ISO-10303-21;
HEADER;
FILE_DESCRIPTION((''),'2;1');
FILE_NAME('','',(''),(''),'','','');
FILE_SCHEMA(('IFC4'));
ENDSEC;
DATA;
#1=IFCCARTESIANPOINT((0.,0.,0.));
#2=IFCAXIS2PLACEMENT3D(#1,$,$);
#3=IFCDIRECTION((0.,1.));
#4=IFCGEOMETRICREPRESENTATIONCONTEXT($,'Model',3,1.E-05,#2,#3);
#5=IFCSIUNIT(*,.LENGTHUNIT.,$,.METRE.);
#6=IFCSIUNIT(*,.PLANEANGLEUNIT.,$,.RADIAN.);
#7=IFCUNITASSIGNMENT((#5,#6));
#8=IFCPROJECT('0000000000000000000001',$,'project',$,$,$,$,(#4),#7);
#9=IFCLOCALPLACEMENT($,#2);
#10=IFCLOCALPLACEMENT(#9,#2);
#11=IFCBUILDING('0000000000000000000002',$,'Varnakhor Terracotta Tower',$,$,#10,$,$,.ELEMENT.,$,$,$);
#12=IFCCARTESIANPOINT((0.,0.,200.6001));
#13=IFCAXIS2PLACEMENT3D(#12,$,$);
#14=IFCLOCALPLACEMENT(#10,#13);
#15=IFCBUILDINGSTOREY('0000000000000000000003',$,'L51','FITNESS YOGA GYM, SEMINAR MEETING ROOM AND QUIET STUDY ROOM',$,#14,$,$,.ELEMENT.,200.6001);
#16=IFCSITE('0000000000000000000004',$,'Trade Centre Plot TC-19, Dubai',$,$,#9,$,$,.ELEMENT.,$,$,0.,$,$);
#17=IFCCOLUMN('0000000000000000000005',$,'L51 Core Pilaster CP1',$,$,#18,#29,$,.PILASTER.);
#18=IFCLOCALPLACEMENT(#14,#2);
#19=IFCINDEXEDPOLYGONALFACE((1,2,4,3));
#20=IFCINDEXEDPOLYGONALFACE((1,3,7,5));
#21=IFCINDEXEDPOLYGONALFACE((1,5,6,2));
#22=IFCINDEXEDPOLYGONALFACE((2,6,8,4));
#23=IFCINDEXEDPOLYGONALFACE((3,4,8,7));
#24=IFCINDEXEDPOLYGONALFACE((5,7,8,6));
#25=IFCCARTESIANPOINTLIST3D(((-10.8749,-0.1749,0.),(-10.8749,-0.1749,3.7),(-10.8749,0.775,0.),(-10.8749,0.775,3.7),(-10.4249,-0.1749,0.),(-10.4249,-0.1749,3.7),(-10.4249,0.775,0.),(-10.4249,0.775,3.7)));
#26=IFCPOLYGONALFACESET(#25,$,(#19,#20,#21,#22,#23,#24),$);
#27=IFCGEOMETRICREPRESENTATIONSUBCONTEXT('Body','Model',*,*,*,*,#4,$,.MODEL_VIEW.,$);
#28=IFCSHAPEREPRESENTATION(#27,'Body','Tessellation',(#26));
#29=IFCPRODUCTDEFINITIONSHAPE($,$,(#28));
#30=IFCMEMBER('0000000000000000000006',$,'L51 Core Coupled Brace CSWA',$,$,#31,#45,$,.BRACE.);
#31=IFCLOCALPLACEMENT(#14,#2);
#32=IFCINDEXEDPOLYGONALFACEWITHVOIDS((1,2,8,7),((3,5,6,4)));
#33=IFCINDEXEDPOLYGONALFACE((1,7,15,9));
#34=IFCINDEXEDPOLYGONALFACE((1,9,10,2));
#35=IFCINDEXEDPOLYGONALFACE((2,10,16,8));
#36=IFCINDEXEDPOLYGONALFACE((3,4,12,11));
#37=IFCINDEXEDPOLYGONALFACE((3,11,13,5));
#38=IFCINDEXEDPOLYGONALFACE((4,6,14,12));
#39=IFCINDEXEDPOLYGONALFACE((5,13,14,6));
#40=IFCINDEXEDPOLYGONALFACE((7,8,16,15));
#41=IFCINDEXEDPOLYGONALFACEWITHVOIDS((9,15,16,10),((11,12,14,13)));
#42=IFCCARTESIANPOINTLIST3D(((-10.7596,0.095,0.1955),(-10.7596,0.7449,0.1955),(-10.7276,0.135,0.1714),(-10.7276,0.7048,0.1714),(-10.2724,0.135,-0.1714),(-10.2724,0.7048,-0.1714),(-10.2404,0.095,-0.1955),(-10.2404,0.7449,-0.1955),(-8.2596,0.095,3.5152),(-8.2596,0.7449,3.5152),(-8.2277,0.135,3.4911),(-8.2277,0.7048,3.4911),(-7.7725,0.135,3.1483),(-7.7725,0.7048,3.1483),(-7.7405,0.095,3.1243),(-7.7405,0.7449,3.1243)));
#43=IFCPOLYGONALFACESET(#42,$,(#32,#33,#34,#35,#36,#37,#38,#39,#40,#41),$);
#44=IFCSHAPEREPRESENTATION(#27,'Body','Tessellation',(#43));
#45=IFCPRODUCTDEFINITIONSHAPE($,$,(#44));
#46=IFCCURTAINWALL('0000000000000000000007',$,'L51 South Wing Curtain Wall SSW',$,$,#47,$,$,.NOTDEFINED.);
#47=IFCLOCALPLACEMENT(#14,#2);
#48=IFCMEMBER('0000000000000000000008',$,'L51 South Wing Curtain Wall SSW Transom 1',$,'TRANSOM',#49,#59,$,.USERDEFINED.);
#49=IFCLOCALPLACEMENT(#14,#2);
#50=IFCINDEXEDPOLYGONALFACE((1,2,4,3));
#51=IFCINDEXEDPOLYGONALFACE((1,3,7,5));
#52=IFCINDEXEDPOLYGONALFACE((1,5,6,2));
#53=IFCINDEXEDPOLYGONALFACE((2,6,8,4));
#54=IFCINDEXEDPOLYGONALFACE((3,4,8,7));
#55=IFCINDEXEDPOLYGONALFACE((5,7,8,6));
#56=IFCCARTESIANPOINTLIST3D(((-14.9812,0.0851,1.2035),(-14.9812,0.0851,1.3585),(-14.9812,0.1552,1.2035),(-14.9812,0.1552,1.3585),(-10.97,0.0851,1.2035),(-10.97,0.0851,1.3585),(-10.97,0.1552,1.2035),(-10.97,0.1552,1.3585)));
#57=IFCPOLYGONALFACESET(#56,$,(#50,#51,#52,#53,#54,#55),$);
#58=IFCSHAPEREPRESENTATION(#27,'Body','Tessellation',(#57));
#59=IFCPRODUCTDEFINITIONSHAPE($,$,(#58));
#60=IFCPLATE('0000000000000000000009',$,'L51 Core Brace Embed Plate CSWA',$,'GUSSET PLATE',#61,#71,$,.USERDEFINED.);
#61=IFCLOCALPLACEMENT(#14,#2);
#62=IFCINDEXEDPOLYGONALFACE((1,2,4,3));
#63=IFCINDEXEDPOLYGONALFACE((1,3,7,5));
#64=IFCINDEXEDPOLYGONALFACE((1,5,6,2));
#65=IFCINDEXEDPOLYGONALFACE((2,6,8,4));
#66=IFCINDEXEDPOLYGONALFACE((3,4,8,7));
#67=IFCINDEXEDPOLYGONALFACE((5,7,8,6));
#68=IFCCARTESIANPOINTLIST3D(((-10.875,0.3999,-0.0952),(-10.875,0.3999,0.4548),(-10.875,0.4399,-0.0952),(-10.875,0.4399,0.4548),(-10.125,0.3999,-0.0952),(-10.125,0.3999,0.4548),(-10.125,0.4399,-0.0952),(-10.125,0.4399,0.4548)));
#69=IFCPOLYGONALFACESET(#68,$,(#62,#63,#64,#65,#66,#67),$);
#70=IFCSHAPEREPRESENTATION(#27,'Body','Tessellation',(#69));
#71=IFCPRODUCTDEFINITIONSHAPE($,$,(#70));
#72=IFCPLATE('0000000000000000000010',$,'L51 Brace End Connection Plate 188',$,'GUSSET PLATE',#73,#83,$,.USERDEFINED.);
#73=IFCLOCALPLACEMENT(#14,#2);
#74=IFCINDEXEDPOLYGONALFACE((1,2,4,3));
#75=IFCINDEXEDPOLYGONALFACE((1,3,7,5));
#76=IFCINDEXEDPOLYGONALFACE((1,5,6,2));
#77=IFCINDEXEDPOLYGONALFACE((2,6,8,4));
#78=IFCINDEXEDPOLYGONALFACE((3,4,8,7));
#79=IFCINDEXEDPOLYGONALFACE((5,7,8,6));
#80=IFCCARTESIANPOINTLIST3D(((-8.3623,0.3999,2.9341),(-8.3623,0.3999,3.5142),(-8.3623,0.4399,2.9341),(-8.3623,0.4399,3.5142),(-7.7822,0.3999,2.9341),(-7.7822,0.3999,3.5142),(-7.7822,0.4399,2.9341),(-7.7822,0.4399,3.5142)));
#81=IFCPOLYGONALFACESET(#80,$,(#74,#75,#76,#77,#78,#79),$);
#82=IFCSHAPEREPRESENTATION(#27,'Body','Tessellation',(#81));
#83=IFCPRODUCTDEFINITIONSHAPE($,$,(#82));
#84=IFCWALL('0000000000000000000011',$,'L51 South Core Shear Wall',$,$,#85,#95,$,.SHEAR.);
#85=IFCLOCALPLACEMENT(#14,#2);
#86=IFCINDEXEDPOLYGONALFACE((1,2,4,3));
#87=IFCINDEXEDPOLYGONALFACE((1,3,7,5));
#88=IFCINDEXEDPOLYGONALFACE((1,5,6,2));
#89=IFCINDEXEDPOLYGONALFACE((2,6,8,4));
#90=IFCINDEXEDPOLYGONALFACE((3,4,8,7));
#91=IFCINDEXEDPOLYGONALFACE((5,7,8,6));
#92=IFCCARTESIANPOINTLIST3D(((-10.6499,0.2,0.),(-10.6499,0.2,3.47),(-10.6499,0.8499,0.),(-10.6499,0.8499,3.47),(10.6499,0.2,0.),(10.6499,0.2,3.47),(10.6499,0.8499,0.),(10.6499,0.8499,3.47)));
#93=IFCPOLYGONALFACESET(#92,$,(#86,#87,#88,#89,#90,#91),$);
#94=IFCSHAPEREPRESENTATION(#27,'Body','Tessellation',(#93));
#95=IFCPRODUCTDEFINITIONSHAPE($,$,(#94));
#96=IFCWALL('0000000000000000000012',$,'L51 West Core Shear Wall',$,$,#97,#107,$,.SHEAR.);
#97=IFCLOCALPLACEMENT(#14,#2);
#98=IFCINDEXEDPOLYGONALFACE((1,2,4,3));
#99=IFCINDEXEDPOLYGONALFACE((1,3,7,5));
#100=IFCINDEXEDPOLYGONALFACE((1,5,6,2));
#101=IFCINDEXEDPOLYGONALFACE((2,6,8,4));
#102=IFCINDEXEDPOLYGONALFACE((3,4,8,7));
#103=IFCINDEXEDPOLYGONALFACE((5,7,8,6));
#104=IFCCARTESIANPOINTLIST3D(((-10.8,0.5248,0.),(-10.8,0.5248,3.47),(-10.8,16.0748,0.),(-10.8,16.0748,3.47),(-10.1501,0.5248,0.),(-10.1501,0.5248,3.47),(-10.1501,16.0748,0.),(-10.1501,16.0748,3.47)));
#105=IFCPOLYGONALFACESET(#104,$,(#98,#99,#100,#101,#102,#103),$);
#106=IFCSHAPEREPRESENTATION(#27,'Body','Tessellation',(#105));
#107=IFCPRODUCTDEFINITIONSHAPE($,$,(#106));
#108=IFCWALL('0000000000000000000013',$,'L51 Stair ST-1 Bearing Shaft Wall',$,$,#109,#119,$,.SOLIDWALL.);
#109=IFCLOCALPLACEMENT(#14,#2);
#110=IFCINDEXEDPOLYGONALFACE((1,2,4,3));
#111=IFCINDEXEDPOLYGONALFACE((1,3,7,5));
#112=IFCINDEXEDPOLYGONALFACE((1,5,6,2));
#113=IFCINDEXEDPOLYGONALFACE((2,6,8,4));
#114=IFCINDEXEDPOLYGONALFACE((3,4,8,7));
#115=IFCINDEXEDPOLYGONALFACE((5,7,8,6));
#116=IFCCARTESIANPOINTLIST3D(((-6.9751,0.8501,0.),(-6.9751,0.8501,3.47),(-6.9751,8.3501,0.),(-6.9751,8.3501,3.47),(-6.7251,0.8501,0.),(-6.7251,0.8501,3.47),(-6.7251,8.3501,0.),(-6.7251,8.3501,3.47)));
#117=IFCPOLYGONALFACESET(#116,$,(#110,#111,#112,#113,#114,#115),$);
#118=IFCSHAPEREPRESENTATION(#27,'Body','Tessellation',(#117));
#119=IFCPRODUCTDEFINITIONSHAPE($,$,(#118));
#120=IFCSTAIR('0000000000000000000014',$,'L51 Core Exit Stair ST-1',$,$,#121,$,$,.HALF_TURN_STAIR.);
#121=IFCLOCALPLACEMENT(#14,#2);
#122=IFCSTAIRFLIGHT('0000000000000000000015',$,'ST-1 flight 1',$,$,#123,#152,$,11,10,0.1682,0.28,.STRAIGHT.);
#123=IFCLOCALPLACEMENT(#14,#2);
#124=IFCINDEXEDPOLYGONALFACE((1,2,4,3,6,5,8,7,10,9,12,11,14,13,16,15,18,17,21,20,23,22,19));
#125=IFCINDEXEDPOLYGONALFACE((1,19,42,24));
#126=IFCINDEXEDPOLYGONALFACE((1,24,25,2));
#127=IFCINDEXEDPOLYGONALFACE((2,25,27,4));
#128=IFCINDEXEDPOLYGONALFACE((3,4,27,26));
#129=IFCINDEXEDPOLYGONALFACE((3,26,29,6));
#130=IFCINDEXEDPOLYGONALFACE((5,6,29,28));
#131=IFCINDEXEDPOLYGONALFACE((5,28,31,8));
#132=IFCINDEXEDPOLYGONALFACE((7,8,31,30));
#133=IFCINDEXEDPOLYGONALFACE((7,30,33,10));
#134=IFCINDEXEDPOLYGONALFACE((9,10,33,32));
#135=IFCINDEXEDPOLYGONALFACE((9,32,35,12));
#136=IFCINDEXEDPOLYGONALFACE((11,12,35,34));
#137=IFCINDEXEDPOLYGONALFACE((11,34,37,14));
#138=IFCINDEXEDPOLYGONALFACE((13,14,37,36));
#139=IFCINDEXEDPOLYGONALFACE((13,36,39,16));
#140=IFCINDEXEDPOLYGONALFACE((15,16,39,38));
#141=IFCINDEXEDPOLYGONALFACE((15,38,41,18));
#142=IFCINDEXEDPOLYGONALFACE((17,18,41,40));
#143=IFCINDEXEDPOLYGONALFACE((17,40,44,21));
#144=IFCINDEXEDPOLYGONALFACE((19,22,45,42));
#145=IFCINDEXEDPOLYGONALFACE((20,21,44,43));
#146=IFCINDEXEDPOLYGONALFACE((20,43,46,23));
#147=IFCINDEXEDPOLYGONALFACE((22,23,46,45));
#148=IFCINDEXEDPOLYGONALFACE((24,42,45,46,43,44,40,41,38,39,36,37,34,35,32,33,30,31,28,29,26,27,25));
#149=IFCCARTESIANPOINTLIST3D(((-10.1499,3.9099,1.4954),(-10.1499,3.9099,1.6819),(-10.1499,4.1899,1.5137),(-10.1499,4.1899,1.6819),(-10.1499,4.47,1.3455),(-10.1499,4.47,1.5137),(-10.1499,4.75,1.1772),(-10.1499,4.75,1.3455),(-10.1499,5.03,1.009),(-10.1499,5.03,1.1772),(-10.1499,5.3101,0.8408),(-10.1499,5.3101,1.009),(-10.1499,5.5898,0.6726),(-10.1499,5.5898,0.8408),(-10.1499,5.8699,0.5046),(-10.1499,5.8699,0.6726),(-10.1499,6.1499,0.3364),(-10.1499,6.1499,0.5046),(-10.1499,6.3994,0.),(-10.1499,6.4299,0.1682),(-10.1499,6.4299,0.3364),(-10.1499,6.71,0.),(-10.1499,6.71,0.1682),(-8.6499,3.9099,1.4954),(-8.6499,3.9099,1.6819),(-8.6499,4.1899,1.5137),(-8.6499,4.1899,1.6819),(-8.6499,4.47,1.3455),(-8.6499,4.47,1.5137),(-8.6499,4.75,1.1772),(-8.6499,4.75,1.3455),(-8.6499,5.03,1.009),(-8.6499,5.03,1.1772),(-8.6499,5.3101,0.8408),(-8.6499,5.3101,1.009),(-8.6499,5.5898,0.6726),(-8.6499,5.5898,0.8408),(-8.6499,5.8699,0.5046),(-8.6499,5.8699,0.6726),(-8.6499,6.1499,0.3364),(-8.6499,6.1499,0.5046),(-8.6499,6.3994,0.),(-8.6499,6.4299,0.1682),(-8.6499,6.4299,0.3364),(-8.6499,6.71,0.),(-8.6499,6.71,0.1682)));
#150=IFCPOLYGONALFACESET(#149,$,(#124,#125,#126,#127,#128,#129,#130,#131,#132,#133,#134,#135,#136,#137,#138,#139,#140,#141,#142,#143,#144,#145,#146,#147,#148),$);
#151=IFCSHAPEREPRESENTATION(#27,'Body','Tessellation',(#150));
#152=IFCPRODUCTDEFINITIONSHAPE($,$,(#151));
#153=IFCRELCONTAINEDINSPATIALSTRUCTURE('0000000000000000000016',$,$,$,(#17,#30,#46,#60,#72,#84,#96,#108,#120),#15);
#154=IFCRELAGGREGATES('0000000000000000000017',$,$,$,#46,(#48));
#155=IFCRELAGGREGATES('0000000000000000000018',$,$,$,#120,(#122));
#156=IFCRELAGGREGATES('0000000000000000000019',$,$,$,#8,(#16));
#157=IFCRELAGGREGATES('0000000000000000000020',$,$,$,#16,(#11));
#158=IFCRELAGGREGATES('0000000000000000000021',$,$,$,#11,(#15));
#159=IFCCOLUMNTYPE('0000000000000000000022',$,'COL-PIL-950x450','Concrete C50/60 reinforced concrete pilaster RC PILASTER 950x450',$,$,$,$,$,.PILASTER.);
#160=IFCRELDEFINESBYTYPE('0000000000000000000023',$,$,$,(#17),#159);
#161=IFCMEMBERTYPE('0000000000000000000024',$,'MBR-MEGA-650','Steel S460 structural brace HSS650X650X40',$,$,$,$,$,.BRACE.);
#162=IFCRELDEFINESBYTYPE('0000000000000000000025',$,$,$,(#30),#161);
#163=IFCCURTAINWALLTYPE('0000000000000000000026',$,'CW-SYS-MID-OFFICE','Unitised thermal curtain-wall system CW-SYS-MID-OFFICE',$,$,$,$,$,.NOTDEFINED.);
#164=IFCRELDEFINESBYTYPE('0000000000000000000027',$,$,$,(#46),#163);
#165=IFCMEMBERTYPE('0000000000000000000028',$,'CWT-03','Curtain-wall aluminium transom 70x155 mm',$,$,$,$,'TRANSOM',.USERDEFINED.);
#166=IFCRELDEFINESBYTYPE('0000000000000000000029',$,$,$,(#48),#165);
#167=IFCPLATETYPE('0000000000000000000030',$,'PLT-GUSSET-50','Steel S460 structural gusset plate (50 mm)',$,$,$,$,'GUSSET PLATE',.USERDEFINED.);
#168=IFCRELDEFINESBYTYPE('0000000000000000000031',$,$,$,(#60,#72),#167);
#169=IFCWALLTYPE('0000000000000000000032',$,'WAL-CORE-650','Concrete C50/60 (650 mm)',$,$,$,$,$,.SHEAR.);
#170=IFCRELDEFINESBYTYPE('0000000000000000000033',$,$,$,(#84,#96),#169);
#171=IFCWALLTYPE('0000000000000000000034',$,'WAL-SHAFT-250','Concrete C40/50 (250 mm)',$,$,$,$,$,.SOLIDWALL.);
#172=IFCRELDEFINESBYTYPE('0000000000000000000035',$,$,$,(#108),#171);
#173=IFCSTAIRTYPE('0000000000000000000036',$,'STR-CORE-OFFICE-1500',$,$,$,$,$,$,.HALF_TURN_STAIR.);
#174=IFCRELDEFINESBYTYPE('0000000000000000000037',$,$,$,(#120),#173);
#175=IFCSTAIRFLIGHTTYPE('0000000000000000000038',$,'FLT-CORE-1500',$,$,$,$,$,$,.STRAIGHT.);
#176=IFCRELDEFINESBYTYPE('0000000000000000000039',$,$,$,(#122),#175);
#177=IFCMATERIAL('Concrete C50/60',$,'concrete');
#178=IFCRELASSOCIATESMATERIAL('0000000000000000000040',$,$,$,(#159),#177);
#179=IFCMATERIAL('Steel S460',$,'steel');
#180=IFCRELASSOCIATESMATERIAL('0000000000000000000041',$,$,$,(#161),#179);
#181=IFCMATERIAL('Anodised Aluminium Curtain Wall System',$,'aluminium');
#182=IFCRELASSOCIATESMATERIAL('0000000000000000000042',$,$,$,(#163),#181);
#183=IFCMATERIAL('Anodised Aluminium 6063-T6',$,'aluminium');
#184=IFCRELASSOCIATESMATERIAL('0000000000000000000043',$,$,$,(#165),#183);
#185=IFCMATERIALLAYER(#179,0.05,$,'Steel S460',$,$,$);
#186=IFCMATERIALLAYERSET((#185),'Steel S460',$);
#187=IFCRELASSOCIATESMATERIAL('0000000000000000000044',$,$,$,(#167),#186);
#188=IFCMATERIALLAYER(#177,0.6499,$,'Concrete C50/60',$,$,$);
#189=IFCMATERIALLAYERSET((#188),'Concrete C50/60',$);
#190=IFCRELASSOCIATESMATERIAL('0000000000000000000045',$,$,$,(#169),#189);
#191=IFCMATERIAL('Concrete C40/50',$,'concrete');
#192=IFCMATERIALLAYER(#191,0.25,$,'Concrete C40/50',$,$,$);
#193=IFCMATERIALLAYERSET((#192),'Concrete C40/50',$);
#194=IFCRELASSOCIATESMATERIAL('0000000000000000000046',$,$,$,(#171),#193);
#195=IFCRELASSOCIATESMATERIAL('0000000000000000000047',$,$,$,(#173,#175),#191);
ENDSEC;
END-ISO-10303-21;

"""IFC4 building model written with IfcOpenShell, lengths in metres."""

from ifc_helpers import new_model, si_unit, direction, frame, frame_2d, origin, origin_2d, place, context, subcontext, project, spatial, polyline, rectangle, hollow_rectangle, outline, extrude, source, transform, mapped, material, layer, layer_set, material_profile, profile_set, type_object, type_shapes, element, aggregate, save


model = new_model("IFC4")

# Units and contexts
model_context = context("Model", 3, precision=1e-05, world=origin(), true_north=direction((0.0, 1.0)))
body_context = subcontext(model_context, "Body", "Model", "MODEL_VIEW")
ifc_project = project(units=[si_unit("LENGTHUNIT", "METRE"), si_unit("PLANEANGLEUNIT", "RADIAN")], contexts=[model_context])

# Site, building, storey
site_placement = place(None, origin())
site = spatial("IfcSite", under=ifc_project, at=site_placement, Name="Trade Centre Plot TC-19, Dubai", CompositionType="ELEMENT", RefElevation=0.0)
building_placement = place(site_placement, origin())
building = spatial("IfcBuilding", under=site, at=building_placement, Name="Varnakhor Terracotta Tower", CompositionType="ELEMENT")
storey_placement = place(building_placement, frame((0.0, 0.0, 200.6001)))
storey = spatial("IfcBuildingStorey", under=building, at=storey_placement, Name="L51", Description="FITNESS YOGA GYM, SEMINAR MEETING ROOM AND QUIET STUDY ROOM", CompositionType="ELEMENT", Elevation=200.6001)

# Column
ifc_material_1 = material(Name="Concrete C50/60", Category="concrete")
ifc_material_profile_1 = material_profile(ifc_material_1, rectangle(XDim=0.45, YDim=0.95, at=origin_2d()), Name="RC PILASTER 950x450")
ifc_profile_set_1 = profile_set([ifc_material_profile_1], Name="Concrete C50/60")
column_type = type_object("IfcColumnType", Name="COL-PIL-950x450", Description="Concrete C50/60 reinforced concrete pilaster RC PILASTER 950x450", PredefinedType="PILASTER", material=ifc_profile_set_1)
shared_shape_1 = source(origin(), body_context, "Body", "SweptSolid", [
    extrude(rectangle(XDim=0.45, YDim=0.95, at=origin_2d()), origin(), (0.0, 0.0, 1.0), 3.7),
])
column_placement = place(storey_placement, frame((-10.6499, 0.3, 0.0), z_axis=(0.0, 0.0, 1.0), x_axis=(1.0, 0.0, 0.0)))
element("IfcColumn", 1, at=column_placement, inside=storey, type_object=column_type, Name="L51 Core Pilaster CP1", PredefinedType="PILASTER", context=body_context, shape_type="MappedRepresentation", body=[
    mapped(shared_shape_1, transform((0.0, 0.0, 0.0), scale=1.0)),
])

# Member
ifc_material_2 = material(Name="Steel S460", Category="steel")
ifc_material_profile_2 = material_profile(ifc_material_2, hollow_rectangle(XDim=0.6499, YDim=0.6499, WallThickness=0.04, at=origin_2d()), Name="HSS650X650X40")
ifc_profile_set_2 = profile_set([ifc_material_profile_2], Name="Steel S460")
member_type_1 = type_object("IfcMemberType", Name="MBR-MEGA-650", Description="Steel S460 structural brace HSS650X650X40", PredefinedType="BRACE", material=ifc_profile_set_2)
shared_shape_2 = source(origin(), body_context, "Body", "SweptSolid", [
    extrude(hollow_rectangle(XDim=0.6499, YDim=0.6499, WallThickness=0.04, at=origin_2d()), origin(), (0.0, 0.0, 1.0), 4.1558),
])
member_1_placement = place(storey_placement, frame((-10.5, 0.4199, 0.0), z_axis=(0.601559, 0.0, 0.798828), x_axis=(0.0, 1.0, 0.0)))
element("IfcMember", 2, at=member_1_placement, inside=storey, type_object=member_type_1, Name="L51 Core Coupled Brace CSWA", PredefinedType="BRACE", context=body_context, shape_type="MappedRepresentation", body=[
    mapped(shared_shape_2, transform((0.0, 0.0, 0.0), scale=1.0)),
])

# Curtain wall, member
ifc_material_3 = material(Name="Anodised Aluminium Curtain Wall System", Category="aluminium")
curtain_wall_type = type_object("IfcCurtainWallType", Name="CW-SYS-MID-OFFICE", Description="Unitised thermal curtain-wall system CW-SYS-MID-OFFICE", PredefinedType="NOTDEFINED", material=ifc_material_3)
curtain_wall_placement = place(storey_placement, origin())
curtain_wall = element("IfcCurtainWall", 3, at=curtain_wall_placement, inside=storey, type_object=curtain_wall_type, Name="L51 South Wing Curtain Wall SSW", PredefinedType="NOTDEFINED")
ifc_material_4 = material(Name="Anodised Aluminium 6063-T6", Category="aluminium")
ifc_material_profile_3 = material_profile(ifc_material_4, rectangle(XDim=0.0701, YDim=0.155, at=origin_2d()), Name="ALU TRANSOM 70x155")
ifc_profile_set_3 = profile_set([ifc_material_profile_3], Name="Anodised Aluminium 6063-T6")
member_type_2 = type_object("IfcMemberType", Name="CWT-03", Description="Curtain-wall aluminium transom 70x155 mm", ElementType="TRANSOM", PredefinedType="USERDEFINED", material=ifc_profile_set_3)
shared_shape_3 = source(origin(), body_context, "Body", "SweptSolid", [
    extrude(rectangle(XDim=0.0701, YDim=0.155, at=origin_2d()), origin(), (0.0, 0.0, 1.0), 4.0112),
])
member_2_placement = place(storey_placement, frame((-10.97, 0.1201, 1.281), z_axis=(-1.0, 0.0, 0.0), x_axis=(0.0, -1.0, 0.0)))
member_2 = element("IfcMember", 4, at=member_2_placement, type_object=member_type_2, Name="L51 South Wing Curtain Wall SSW Transom 1", ObjectType="TRANSOM", PredefinedType="USERDEFINED", context=body_context, shape_type="MappedRepresentation", body=[
    mapped(shared_shape_3, transform((0.0, 0.0, 0.0), scale=1.0)),
])
aggregate(curtain_wall, [member_2])

# Plates
ifc_layer_1 = layer(ifc_material_2, 0.05, Name="Steel S460")
ifc_layer_set_1 = layer_set([ifc_layer_1], Name="Steel S460")
plate_type = type_object("IfcPlateType", Name="PLT-GUSSET-50", Description="Steel S460 structural gusset plate (50 mm)", ElementType="GUSSET PLATE", PredefinedType="USERDEFINED", material=ifc_layer_set_1)
shared_shape_4 = source(origin(), body_context, "Body", "SweptSolid", [
    extrude(rectangle(XDim=0.75, YDim=0.04, at=origin_2d()), origin(), (0.0, 0.0, 1.0), 0.55),
])
type_shapes(plate_type, [shared_shape_4])
plate_1_placement = place(storey_placement, frame((-10.5, 0.4199, -0.0952), z_axis=(0.0, 0.0, 1.0), x_axis=(1.0, 0.0, 0.0)))
element("IfcPlate", 5, at=plate_1_placement, inside=storey, type_object=plate_type, Name="L51 Core Brace Embed Plate CSWA", ObjectType="GUSSET PLATE", PredefinedType="USERDEFINED", context=body_context, shape_type="MappedRepresentation", body=[
    mapped(shared_shape_4, transform((0.0, 0.0, 0.0), scale=1.0)),
])
shared_shape_5 = source(origin(), body_context, "Body", "SweptSolid", [
    extrude(rectangle(XDim=0.5801, YDim=0.04, at=origin_2d()), origin(), (0.0, 0.0, 1.0), 0.5801),
])
plate_2_placement = place(storey_placement, frame((-8.0723, 0.4199, 2.9341), z_axis=(0.0, 0.0, 1.0), x_axis=(1.0, 0.0, 0.0)))
element("IfcPlate", 6, at=plate_2_placement, inside=storey, type_object=plate_type, Name="L51 Brace End Connection Plate 188", ObjectType="GUSSET PLATE", PredefinedType="USERDEFINED", context=body_context, shape_type="MappedRepresentation", body=[
    mapped(shared_shape_5, transform((0.0, 0.0, 0.0), scale=1.0)),
])

# Walls
ifc_layer_2 = layer(ifc_material_1, 0.6499, Name="Concrete C50/60")
ifc_layer_set_2 = layer_set([ifc_layer_2], Name="Concrete C50/60")
wall_type_1 = type_object("IfcWallType", Name="WAL-CORE-650", Description="Concrete C50/60 (650 mm)", PredefinedType="SHEAR", material=ifc_layer_set_2)
wall_1_placement = place(storey_placement, frame((-10.6499, 0.5249, 0.0), z_axis=(0.0, 0.0, 1.0), x_axis=(1.0, 0.0, 0.0)))
element("IfcWall", 7, at=wall_1_placement, inside=storey, type_object=wall_type_1, Name="L51 South Core Shear Wall", PredefinedType="SHEAR", context=body_context, shape_type="SweptSolid", body=[
    extrude(rectangle(XDim=21.2998, YDim=0.6499, at=frame_2d((10.6499, 0.0))), origin(), (0.0, 0.0, 1.0), 3.47),
])
wall_2_placement = place(storey_placement, frame((-10.4751, 0.5249, 0.0), z_axis=(0.0, 0.0, 1.0), x_axis=(0.0, 1.0, 0.0)))
element("IfcWall", 8, at=wall_2_placement, inside=storey, type_object=wall_type_1, Name="L51 West Core Shear Wall", PredefinedType="SHEAR", context=body_context, shape_type="SweptSolid", body=[
    extrude(rectangle(XDim=15.55, YDim=0.6499, at=frame_2d((7.7749, 0.0))), origin(), (0.0, 0.0, 1.0), 3.47),
])
ifc_material_5 = material(Name="Concrete C40/50", Category="concrete")
ifc_layer_3 = layer(ifc_material_5, 0.25, Name="Concrete C40/50")
ifc_layer_set_3 = layer_set([ifc_layer_3], Name="Concrete C40/50")
wall_type_2 = type_object("IfcWallType", Name="WAL-SHAFT-250", Description="Concrete C40/50 (250 mm)", PredefinedType="SOLIDWALL", material=ifc_layer_set_3)
wall_3_placement = place(storey_placement, frame((-6.8501, 0.8501, 0.0), z_axis=(0.0, 0.0, 1.0), x_axis=(0.0, 1.0, 0.0)))
element("IfcWall", 9, at=wall_3_placement, inside=storey, type_object=wall_type_2, Name="L51 Stair ST-1 Bearing Shaft Wall", PredefinedType="SOLIDWALL", context=body_context, shape_type="SweptSolid", body=[
    extrude(rectangle(XDim=7.5, YDim=0.25, at=frame_2d((3.75, 0.0))), origin(), (0.0, 0.0, 1.0), 3.47),
])

# Stair, stair flight
stair_type = type_object("IfcStairType", Name="STR-CORE-OFFICE-1500", PredefinedType="HALF_TURN_STAIR", material=ifc_material_5)
stair_placement = place(storey_placement, origin())
stair = element("IfcStair", 10, at=stair_placement, inside=storey, type_object=stair_type, Name="L51 Core Exit Stair ST-1", PredefinedType="HALF_TURN_STAIR")
stair_flight_type = type_object("IfcStairFlightType", Name="FLT-CORE-1500", PredefinedType="STRAIGHT", material=ifc_material_5)
stair_flight_1_placement = place(storey_placement, frame((-9.3999, 6.71, 0.0), z_axis=(0.0, 0.0, 1.0), x_axis=(0.0, -1.0, 0.0)))
stair_flight_1 = element("IfcStairFlight", 11, at=stair_flight_1_placement, type_object=stair_flight_type, Name="ST-1 flight 1", NumberOfRisers=11, NumberOfTreads=10, PredefinedType="STRAIGHT", RiserHeight=0.1682, TreadLength=0.28, context=body_context, shape_type="SweptSolid", body=[
    extrude(outline(polyline([(0.0, 0.0), (0.0, 0.1682), (0.28, 0.1682), (0.28, 0.3364), (0.5601, 0.3364), (0.5601, 0.5046), (0.8401, 0.5046), (0.8401, 0.6726), (1.1201, 0.6726), (1.1201, 0.8408), (1.3999, 0.8408), (1.3999, 1.009), (1.6799, 1.009), (1.6799, 1.1772), (1.96, 1.1772), (1.96, 1.3455), (2.24, 1.3455), (2.24, 1.5137), (2.52, 1.5137), (2.52, 1.6819), (2.8, 1.6819), (2.8, 1.8501), (2.8, 1.4954), (0.3105, 0.0), (0.0, 0.0)])), frame((0.0, 0.75, 0.0), z_axis=(0.0, -1.0, 0.0), x_axis=(1.0, 0.0, 0.0)), (0.0, 0.0, 1.0), 1.5),
])
aggregate(stair, [stair_flight_1])

save(model, "model.ifc")
